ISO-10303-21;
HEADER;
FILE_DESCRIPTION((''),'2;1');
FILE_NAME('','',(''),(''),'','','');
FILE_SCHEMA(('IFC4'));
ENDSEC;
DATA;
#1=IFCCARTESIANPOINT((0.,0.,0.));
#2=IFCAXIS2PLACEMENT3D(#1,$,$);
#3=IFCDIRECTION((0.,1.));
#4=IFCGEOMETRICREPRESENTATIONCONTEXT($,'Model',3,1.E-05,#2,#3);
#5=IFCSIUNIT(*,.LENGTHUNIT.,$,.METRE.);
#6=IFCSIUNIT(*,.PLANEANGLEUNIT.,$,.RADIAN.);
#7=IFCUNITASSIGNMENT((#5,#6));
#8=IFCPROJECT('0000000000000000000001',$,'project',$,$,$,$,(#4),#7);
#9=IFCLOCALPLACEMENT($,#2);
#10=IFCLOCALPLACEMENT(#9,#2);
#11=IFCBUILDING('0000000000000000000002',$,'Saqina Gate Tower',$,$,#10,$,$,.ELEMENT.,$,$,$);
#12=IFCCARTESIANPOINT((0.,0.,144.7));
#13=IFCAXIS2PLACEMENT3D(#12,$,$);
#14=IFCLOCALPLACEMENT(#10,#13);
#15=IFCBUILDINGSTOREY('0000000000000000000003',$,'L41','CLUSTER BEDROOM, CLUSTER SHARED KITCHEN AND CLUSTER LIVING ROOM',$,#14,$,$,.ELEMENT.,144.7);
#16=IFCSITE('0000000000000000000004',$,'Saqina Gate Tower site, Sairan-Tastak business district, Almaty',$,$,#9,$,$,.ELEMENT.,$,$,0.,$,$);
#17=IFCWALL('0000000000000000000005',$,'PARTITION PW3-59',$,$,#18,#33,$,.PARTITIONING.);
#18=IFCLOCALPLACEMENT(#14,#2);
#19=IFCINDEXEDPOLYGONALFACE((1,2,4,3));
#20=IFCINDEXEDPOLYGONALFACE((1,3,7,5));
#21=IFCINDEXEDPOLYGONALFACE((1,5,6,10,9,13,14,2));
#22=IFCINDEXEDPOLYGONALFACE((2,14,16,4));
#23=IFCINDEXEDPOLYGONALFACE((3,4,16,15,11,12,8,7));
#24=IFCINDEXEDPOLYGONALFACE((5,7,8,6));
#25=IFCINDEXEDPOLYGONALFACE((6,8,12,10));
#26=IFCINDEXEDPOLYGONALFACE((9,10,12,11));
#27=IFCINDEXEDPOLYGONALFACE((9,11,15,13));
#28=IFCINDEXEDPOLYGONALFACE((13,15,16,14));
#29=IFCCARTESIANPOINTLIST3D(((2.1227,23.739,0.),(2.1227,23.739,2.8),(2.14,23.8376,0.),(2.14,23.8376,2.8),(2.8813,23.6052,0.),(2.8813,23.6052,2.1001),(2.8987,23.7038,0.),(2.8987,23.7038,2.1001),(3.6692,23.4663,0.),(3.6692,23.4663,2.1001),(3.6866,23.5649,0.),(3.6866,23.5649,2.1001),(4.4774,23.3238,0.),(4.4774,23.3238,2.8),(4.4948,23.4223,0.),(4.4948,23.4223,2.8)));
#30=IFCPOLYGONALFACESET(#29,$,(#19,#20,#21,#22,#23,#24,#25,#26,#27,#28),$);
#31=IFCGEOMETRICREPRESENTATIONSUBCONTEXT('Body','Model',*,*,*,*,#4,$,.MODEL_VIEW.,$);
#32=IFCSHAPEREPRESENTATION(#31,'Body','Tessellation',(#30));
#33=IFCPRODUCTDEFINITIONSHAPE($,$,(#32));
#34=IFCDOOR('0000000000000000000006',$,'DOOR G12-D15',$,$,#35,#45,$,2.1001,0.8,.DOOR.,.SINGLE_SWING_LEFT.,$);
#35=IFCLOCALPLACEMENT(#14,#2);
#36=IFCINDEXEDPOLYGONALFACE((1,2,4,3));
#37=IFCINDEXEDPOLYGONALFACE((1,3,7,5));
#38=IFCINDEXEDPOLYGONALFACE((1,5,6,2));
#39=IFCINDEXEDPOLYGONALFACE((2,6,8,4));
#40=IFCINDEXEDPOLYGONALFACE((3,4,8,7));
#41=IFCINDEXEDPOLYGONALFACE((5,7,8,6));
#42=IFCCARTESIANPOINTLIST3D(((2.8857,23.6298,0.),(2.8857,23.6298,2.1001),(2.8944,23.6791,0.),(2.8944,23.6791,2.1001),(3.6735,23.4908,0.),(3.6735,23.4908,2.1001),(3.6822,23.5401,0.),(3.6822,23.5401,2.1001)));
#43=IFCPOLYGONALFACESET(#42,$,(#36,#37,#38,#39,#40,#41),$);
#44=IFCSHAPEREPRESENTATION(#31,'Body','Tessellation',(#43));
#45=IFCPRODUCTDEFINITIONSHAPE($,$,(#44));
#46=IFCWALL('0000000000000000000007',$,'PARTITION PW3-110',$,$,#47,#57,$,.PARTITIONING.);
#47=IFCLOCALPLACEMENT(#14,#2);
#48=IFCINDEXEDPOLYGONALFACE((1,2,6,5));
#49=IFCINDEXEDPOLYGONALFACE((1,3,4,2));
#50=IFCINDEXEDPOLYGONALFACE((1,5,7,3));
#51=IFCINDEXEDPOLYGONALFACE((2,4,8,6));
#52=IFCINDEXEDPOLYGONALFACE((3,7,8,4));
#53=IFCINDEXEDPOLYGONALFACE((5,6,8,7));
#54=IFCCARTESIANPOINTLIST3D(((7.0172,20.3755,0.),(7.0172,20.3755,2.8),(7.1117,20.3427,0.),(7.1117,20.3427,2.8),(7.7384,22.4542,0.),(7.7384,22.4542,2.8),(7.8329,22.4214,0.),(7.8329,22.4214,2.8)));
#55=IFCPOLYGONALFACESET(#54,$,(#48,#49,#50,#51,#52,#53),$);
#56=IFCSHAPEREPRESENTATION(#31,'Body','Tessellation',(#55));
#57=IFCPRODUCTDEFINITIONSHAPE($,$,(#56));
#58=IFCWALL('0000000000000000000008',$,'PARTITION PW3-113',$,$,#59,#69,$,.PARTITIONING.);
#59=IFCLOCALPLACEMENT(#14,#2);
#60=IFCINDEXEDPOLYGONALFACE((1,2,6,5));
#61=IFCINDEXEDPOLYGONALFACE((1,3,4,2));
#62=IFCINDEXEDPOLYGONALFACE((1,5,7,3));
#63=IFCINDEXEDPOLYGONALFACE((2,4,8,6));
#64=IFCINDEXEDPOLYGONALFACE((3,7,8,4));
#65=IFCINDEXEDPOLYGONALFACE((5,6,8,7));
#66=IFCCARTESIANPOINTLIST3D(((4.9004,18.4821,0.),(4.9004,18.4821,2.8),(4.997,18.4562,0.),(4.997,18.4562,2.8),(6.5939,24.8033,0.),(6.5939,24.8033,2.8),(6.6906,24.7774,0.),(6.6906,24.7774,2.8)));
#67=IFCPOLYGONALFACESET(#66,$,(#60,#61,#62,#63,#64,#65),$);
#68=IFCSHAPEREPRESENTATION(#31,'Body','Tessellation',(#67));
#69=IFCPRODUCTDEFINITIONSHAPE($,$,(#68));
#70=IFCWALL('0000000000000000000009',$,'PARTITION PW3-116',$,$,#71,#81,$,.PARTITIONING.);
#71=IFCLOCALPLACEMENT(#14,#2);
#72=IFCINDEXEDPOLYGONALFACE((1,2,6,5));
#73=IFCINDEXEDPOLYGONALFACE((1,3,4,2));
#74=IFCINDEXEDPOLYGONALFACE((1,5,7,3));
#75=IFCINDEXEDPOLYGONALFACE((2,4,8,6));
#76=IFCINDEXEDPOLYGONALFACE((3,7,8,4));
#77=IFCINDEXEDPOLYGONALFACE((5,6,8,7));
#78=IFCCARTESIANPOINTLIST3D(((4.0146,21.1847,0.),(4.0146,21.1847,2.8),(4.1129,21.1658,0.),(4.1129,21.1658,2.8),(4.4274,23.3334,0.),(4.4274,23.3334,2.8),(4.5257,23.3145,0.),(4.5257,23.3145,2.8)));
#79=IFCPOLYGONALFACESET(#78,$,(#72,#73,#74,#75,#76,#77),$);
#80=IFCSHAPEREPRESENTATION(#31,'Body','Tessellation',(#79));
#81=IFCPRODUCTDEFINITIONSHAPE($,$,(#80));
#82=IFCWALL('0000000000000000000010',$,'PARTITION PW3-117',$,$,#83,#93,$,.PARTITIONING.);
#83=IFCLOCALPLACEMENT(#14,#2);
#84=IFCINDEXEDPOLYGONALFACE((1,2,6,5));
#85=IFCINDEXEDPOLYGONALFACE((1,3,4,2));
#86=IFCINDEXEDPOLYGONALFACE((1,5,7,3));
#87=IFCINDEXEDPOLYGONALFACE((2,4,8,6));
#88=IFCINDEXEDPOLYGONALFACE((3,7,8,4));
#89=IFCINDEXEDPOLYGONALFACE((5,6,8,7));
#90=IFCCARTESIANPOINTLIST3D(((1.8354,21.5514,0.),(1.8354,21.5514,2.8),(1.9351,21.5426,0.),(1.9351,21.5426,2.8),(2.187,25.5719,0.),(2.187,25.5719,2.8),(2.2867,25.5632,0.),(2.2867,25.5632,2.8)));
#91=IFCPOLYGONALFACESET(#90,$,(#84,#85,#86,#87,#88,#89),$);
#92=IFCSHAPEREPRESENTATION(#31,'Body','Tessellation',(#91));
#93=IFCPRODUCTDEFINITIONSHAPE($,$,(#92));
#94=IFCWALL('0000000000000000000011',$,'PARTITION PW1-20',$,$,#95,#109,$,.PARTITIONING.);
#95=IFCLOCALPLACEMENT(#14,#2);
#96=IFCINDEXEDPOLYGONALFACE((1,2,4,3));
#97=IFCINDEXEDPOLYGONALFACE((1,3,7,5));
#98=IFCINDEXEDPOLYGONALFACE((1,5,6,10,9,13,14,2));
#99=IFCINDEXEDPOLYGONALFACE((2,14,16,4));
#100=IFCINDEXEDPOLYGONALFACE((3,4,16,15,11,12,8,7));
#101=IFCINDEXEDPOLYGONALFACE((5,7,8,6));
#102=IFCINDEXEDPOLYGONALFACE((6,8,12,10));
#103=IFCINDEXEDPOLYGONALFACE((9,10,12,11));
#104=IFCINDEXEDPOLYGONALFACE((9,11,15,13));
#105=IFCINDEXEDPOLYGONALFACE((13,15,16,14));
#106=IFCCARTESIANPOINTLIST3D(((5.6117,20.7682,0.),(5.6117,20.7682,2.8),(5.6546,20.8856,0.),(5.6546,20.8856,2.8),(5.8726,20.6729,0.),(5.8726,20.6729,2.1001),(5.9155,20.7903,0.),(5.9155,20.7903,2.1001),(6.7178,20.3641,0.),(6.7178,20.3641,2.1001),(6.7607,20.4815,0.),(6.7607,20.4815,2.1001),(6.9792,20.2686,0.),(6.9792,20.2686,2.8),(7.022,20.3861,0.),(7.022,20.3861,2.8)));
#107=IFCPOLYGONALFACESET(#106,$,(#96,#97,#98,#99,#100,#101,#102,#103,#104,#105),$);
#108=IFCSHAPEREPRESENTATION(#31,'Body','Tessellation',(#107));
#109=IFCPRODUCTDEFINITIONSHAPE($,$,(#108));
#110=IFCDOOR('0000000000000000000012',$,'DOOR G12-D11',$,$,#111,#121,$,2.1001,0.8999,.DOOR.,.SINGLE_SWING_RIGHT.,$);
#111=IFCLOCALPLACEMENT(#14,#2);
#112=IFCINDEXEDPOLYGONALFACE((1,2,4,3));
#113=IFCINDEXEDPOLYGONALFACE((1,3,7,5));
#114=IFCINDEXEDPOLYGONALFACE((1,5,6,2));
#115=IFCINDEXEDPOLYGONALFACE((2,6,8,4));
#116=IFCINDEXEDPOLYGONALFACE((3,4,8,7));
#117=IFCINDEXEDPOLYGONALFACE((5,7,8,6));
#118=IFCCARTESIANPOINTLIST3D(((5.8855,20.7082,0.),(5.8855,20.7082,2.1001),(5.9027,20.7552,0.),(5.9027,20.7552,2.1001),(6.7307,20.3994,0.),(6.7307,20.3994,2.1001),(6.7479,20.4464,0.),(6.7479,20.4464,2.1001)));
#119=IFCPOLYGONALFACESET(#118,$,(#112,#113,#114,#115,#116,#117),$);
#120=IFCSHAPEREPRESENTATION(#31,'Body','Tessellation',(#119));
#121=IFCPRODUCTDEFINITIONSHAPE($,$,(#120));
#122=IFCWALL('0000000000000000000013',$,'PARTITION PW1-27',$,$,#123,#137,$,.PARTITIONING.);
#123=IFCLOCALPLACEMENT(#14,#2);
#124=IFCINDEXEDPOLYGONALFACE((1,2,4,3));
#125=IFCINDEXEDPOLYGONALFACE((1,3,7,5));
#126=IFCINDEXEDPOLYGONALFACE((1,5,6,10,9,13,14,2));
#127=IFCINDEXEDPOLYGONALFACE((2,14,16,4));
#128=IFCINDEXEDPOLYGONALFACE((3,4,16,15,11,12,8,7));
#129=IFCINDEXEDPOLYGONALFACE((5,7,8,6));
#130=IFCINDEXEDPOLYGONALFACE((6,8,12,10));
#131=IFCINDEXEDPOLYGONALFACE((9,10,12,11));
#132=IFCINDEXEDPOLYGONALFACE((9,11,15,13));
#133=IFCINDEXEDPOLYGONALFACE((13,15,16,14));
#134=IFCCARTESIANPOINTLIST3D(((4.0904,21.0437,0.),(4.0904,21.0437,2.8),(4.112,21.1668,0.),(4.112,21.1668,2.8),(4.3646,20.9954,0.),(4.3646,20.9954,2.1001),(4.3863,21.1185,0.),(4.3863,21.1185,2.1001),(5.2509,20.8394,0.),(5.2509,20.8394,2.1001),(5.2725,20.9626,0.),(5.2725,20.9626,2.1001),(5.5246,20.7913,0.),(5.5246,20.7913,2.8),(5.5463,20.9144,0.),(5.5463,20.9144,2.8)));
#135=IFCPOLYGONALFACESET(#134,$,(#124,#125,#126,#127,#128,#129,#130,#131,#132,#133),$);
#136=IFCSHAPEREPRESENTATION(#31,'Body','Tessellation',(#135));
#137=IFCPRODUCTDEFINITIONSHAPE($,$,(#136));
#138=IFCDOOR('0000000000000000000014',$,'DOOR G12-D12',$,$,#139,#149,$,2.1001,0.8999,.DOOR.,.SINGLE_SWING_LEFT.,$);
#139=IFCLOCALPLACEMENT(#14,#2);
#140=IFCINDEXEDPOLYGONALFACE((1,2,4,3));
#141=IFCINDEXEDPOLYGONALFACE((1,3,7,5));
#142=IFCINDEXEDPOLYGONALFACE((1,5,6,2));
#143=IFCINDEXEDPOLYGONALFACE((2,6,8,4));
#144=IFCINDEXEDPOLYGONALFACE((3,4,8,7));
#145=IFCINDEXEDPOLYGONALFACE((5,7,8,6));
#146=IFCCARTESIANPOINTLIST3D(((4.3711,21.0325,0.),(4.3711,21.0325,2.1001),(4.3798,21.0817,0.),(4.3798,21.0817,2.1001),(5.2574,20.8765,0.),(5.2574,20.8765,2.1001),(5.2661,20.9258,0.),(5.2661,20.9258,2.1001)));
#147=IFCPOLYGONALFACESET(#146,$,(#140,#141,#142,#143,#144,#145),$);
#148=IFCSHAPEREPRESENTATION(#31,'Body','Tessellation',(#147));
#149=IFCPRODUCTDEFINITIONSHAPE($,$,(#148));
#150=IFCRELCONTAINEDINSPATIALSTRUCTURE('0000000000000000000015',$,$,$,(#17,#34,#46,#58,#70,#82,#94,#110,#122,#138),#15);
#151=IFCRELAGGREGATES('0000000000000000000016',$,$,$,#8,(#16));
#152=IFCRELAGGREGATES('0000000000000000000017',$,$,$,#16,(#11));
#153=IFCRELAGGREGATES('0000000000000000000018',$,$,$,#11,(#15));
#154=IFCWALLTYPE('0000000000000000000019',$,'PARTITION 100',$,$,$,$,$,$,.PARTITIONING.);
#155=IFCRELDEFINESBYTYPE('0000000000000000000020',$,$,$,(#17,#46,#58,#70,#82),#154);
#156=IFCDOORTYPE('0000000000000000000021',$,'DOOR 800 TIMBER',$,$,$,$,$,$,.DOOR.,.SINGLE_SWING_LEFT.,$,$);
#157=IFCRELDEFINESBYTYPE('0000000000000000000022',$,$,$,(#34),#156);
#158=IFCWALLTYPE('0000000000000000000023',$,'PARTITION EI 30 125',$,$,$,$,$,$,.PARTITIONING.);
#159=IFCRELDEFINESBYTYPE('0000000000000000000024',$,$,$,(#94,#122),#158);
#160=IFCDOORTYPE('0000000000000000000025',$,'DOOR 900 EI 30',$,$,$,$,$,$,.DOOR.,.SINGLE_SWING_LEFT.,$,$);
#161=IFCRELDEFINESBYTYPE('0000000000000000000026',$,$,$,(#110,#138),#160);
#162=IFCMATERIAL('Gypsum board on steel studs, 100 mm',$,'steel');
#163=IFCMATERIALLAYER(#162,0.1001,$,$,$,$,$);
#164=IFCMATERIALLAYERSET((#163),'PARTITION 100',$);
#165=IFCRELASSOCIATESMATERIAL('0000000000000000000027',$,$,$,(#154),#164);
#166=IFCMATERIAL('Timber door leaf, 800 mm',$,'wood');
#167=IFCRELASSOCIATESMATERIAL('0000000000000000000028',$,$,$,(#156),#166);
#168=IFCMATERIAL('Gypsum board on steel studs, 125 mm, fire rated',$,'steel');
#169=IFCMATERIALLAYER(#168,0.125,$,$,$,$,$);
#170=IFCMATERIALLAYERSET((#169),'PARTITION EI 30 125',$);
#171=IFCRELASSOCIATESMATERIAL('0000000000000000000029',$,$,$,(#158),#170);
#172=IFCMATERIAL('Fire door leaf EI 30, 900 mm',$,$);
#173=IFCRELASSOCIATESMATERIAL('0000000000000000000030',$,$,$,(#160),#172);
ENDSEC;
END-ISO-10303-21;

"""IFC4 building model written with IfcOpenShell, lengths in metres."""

from ifc_helpers import new_model, si_unit, direction, frame, frame_2d, origin, place, context, subcontext, project, spatial, rectangle, extrude, material, layer, layer_set, type_object, element, fill, save


model = new_model("IFC4")

# Units and contexts
model_context = context("Model", 3, precision=1e-05, world=origin(), true_north=direction((0.0, 1.0)))
body_context = subcontext(model_context, "Body", "Model", "MODEL_VIEW")
ifc_project = project(units=[si_unit("LENGTHUNIT", "METRE"), si_unit("PLANEANGLEUNIT", "RADIAN")], contexts=[model_context])

# Site, building, storey
site_placement = place(None, origin())
site = spatial("IfcSite", under=ifc_project, at=site_placement, Name="Saqina Gate Tower site, Sairan-Tastak business district, Almaty", CompositionType="ELEMENT", RefElevation=0.0)
building_placement = place(site_placement, origin())
building = spatial("IfcBuilding", under=site, at=building_placement, Name="Saqina Gate Tower", CompositionType="ELEMENT")
storey_placement = place(building_placement, frame((0.0, 0.0, 144.7)))
storey = spatial("IfcBuildingStorey", under=building, at=storey_placement, Name="L41", Description="CLUSTER BEDROOM, CLUSTER SHARED KITCHEN AND CLUSTER LIVING ROOM", CompositionType="ELEMENT", Elevation=144.7)

# Shared definitions
ifc_material_1 = material(Name="Gypsum board on steel studs, 100 mm", Category="steel")
ifc_layer_1 = layer(ifc_material_1, 0.1001)
ifc_layer_set_1 = layer_set([ifc_layer_1], Name="PARTITION 100")
wall_type_1 = type_object("IfcWallType", Name="PARTITION 100", PredefinedType="PARTITIONING", material=ifc_layer_set_1)

# Wall, opening, door
wall_1_placement = place(storey_placement, frame((2.1313, 23.7883, 0.0), z_axis=(0.0, 0.0, 1.0), x_axis=(0.984802, -0.17368, 0.0)))
wall_1 = element("IfcWall", 1, at=wall_1_placement, inside=storey, type_object=wall_type_1, Name="PARTITION PW3-59", PredefinedType="PARTITIONING", context=body_context, shape_type="SweptSolid", body=[
    extrude(rectangle(XDim=2.3911, YDim=0.1001, at=frame_2d((1.1956, 0.0))), origin(), (0.0, 0.0, 1.0), 2.8),
])
opening_1_placement = place(wall_1_placement, frame((0.7705, 0.0, 0.0)))
opening_1 = element("IfcOpeningElement", 2, at=opening_1_placement, cuts=wall_1, PredefinedType="OPENING", context=body_context, shape_type="SweptSolid", body=[
    extrude(rectangle(XDim=0.8, YDim=2.1001, at=frame_2d((0.3999, 1.05))), frame((0.0, 0.062, 0.0), z_axis=(0.0, -1.0, 0.0), x_axis=(1.0, 0.0, 0.0)), (0.0, 0.0, 1.0), 0.124),
])
ifc_material_2 = material(Name="Timber door leaf, 800 mm", Category="wood")
door_type_1 = type_object("IfcDoorType", Name="DOOR 800 TIMBER", OperationType="SINGLE_SWING_LEFT", PredefinedType="DOOR", material=ifc_material_2)
door_1_placement = place(opening_1_placement, origin())
door_1 = element("IfcDoor", 3, at=door_1_placement, inside=storey, type_object=door_type_1, Name="DOOR G12-D15", OperationType="SINGLE_SWING_LEFT", OverallHeight=2.1001, OverallWidth=0.8, PredefinedType="DOOR", context=body_context, shape_type="SweptSolid", body=[
    extrude(rectangle(XDim=0.8, YDim=2.1001, at=frame_2d((0.3999, 1.05))), frame((0.0, 0.0249, 0.0), z_axis=(0.0, -1.0, 0.0), x_axis=(1.0, 0.0, 0.0)), (0.0, 0.0, 1.0), 0.05),
])
fill(opening_1, door_1)

# Walls
wall_2_placement = place(storey_placement, frame((7.0645, 20.3591, 0.0), z_axis=(0.0, 0.0, 1.0), x_axis=(0.327789, 0.944751, 0.0)))
element("IfcWall", 4, at=wall_2_placement, inside=storey, type_object=wall_type_1, Name="PARTITION PW3-110", PredefinedType="PARTITIONING", context=body_context, shape_type="SweptSolid", body=[
    extrude(rectangle(XDim=2.2002, YDim=0.1001, at=frame_2d((1.1001, 0.0))), origin(), (0.0, 0.0, 1.0), 2.8),
])
wall_3_placement = place(storey_placement, frame((4.9487, 18.4692, 0.0), z_axis=(0.0, 0.0, 1.0), x_axis=(0.258793, 0.965933, 0.0)))
element("IfcWall", 5, at=wall_3_placement, inside=storey, type_object=wall_type_1, Name="PARTITION PW3-113", PredefinedType="PARTITIONING", context=body_context, shape_type="SweptSolid", body=[
    extrude(rectangle(XDim=6.5442, YDim=0.1001, at=frame_2d((3.272, 0.0))), origin(), (0.0, 0.0, 1.0), 2.8),
])
wall_4_placement = place(storey_placement, frame((4.0637, 21.1753, 0.0), z_axis=(0.0, 0.0, 1.0), x_axis=(0.188686, 0.982037, 0.0)))
element("IfcWall", 6, at=wall_4_placement, inside=storey, type_object=wall_type_1, Name="PARTITION PW3-116", PredefinedType="PARTITIONING", context=body_context, shape_type="SweptSolid", body=[
    extrude(rectangle(XDim=2.188, YDim=0.1001, at=frame_2d((1.094, 0.0))), origin(), (0.0, 0.0, 1.0), 2.8),
])
wall_5_placement = place(storey_placement, frame((1.8853, 21.5469, 0.0), z_axis=(0.0, 0.0, 1.0), x_axis=(0.08711, 0.996199, 0.0)))
element("IfcWall", 7, at=wall_5_placement, inside=storey, type_object=wall_type_1, Name="PARTITION PW3-117", PredefinedType="PARTITIONING", context=body_context, shape_type="SweptSolid", body=[
    extrude(rectangle(XDim=4.0359, YDim=0.1001, at=frame_2d((2.0181, 0.0))), origin(), (0.0, 0.0, 1.0), 2.8),
])

# Walls, openings, doors
ifc_material_3 = material(Name="Gypsum board on steel studs, 125 mm, fire rated", Category="steel")
ifc_layer_2 = layer(ifc_material_3, 0.125)
ifc_layer_set_2 = layer_set([ifc_layer_2], Name="PARTITION EI 30 125")
wall_type_2 = type_object("IfcWallType", Name="PARTITION EI 30 125", PredefinedType="PARTITIONING", material=ifc_layer_set_2)
wall_6_placement = place(storey_placement, frame((5.6331, 20.8269, 0.0), z_axis=(0.0, 0.0, 1.0), x_axis=(0.939293, -0.343116, 0.0)))
wall_6 = element("IfcWall", 8, at=wall_6_placement, inside=storey, type_object=wall_type_2, Name="PARTITION PW1-20", PredefinedType="PARTITIONING", context=body_context, shape_type="SweptSolid", body=[
    extrude(rectangle(XDim=1.4558, YDim=0.125, at=frame_2d((0.728, 0.0))), origin(), (0.0, 0.0, 1.0), 2.8),
])
opening_2_placement = place(wall_6_placement, frame((0.2778, 0.0, 0.0)))
opening_2 = element("IfcOpeningElement", 9, at=opening_2_placement, cuts=wall_6, PredefinedType="OPENING", context=body_context, shape_type="SweptSolid", body=[
    extrude(rectangle(XDim=0.8999, YDim=2.1001, at=frame_2d((0.45, 1.05))), frame((0.0, 0.0745, 0.0), z_axis=(0.0, -1.0, 0.0), x_axis=(1.0, 0.0, 0.0)), (0.0, 0.0, 1.0), 0.1489),
])
ifc_material_4 = material(Name="Fire door leaf EI 30, 900 mm")
door_type_2 = type_object("IfcDoorType", Name="DOOR 900 EI 30", OperationType="SINGLE_SWING_LEFT", PredefinedType="DOOR", material=ifc_material_4)
door_2_placement = place(opening_2_placement, frame((0.8999, 0.0, 0.0), z_axis=(0.0, 0.0, 1.0), x_axis=(-1.0, 0.0, 0.0)))
door_2 = element("IfcDoor", 10, at=door_2_placement, inside=storey, type_object=door_type_2, Name="DOOR G12-D11", OperationType="SINGLE_SWING_RIGHT", OverallHeight=2.1001, OverallWidth=0.8999, PredefinedType="DOOR", context=body_context, shape_type="SweptSolid", body=[
    extrude(rectangle(XDim=0.8999, YDim=2.1001, at=frame_2d((0.45, 1.05))), frame((0.0, 0.0249, 0.0), z_axis=(0.0, -1.0, 0.0), x_axis=(1.0, 0.0, 0.0)), (0.0, 0.0, 1.0), 0.05),
])
fill(opening_2, door_2)
wall_7_placement = place(storey_placement, frame((4.1013, 21.1052, 0.0), z_axis=(0.0, 0.0, 1.0), x_axis=(0.984863, -0.173336, 0.0)))
wall_7 = element("IfcWall", 11, at=wall_7_placement, inside=storey, type_object=wall_type_2, Name="PARTITION PW1-27", PredefinedType="PARTITIONING", context=body_context, shape_type="SweptSolid", body=[
    extrude(rectangle(XDim=1.4563, YDim=0.125, at=frame_2d((0.728, 0.0))), origin(), (0.0, 0.0, 1.0), 2.8),
])
opening_3_placement = place(wall_7_placement, frame((0.2783, 0.0, 0.0)))
opening_3 = element("IfcOpeningElement", 12, at=opening_3_placement, cuts=wall_7, PredefinedType="OPENING", context=body_context, shape_type="SweptSolid", body=[
    extrude(rectangle(XDim=0.8999, YDim=2.1001, at=frame_2d((0.45, 1.05))), frame((0.0, 0.0745, 0.0), z_axis=(0.0, -1.0, 0.0), x_axis=(1.0, 0.0, 0.0)), (0.0, 0.0, 1.0), 0.1489),
])
door_3_placement = place(opening_3_placement, frame((0.8999, 0.0, 0.0), z_axis=(0.0, 0.0, 1.0), x_axis=(-1.0, 0.0, 0.0)))
door_3 = element("IfcDoor", 13, at=door_3_placement, inside=storey, type_object=door_type_2, Name="DOOR G12-D12", OperationType="SINGLE_SWING_LEFT", OverallHeight=2.1001, OverallWidth=0.8999, PredefinedType="DOOR", context=body_context, shape_type="SweptSolid", body=[
    extrude(rectangle(XDim=0.8999, YDim=2.1001, at=frame_2d((0.45, 1.05))), frame((0.0, 0.0249, 0.0), z_axis=(0.0, -1.0, 0.0), x_axis=(1.0, 0.0, 0.0)), (0.0, 0.0, 1.0), 0.05),
])
fill(opening_3, door_3)

save(model, "model.ifc")
